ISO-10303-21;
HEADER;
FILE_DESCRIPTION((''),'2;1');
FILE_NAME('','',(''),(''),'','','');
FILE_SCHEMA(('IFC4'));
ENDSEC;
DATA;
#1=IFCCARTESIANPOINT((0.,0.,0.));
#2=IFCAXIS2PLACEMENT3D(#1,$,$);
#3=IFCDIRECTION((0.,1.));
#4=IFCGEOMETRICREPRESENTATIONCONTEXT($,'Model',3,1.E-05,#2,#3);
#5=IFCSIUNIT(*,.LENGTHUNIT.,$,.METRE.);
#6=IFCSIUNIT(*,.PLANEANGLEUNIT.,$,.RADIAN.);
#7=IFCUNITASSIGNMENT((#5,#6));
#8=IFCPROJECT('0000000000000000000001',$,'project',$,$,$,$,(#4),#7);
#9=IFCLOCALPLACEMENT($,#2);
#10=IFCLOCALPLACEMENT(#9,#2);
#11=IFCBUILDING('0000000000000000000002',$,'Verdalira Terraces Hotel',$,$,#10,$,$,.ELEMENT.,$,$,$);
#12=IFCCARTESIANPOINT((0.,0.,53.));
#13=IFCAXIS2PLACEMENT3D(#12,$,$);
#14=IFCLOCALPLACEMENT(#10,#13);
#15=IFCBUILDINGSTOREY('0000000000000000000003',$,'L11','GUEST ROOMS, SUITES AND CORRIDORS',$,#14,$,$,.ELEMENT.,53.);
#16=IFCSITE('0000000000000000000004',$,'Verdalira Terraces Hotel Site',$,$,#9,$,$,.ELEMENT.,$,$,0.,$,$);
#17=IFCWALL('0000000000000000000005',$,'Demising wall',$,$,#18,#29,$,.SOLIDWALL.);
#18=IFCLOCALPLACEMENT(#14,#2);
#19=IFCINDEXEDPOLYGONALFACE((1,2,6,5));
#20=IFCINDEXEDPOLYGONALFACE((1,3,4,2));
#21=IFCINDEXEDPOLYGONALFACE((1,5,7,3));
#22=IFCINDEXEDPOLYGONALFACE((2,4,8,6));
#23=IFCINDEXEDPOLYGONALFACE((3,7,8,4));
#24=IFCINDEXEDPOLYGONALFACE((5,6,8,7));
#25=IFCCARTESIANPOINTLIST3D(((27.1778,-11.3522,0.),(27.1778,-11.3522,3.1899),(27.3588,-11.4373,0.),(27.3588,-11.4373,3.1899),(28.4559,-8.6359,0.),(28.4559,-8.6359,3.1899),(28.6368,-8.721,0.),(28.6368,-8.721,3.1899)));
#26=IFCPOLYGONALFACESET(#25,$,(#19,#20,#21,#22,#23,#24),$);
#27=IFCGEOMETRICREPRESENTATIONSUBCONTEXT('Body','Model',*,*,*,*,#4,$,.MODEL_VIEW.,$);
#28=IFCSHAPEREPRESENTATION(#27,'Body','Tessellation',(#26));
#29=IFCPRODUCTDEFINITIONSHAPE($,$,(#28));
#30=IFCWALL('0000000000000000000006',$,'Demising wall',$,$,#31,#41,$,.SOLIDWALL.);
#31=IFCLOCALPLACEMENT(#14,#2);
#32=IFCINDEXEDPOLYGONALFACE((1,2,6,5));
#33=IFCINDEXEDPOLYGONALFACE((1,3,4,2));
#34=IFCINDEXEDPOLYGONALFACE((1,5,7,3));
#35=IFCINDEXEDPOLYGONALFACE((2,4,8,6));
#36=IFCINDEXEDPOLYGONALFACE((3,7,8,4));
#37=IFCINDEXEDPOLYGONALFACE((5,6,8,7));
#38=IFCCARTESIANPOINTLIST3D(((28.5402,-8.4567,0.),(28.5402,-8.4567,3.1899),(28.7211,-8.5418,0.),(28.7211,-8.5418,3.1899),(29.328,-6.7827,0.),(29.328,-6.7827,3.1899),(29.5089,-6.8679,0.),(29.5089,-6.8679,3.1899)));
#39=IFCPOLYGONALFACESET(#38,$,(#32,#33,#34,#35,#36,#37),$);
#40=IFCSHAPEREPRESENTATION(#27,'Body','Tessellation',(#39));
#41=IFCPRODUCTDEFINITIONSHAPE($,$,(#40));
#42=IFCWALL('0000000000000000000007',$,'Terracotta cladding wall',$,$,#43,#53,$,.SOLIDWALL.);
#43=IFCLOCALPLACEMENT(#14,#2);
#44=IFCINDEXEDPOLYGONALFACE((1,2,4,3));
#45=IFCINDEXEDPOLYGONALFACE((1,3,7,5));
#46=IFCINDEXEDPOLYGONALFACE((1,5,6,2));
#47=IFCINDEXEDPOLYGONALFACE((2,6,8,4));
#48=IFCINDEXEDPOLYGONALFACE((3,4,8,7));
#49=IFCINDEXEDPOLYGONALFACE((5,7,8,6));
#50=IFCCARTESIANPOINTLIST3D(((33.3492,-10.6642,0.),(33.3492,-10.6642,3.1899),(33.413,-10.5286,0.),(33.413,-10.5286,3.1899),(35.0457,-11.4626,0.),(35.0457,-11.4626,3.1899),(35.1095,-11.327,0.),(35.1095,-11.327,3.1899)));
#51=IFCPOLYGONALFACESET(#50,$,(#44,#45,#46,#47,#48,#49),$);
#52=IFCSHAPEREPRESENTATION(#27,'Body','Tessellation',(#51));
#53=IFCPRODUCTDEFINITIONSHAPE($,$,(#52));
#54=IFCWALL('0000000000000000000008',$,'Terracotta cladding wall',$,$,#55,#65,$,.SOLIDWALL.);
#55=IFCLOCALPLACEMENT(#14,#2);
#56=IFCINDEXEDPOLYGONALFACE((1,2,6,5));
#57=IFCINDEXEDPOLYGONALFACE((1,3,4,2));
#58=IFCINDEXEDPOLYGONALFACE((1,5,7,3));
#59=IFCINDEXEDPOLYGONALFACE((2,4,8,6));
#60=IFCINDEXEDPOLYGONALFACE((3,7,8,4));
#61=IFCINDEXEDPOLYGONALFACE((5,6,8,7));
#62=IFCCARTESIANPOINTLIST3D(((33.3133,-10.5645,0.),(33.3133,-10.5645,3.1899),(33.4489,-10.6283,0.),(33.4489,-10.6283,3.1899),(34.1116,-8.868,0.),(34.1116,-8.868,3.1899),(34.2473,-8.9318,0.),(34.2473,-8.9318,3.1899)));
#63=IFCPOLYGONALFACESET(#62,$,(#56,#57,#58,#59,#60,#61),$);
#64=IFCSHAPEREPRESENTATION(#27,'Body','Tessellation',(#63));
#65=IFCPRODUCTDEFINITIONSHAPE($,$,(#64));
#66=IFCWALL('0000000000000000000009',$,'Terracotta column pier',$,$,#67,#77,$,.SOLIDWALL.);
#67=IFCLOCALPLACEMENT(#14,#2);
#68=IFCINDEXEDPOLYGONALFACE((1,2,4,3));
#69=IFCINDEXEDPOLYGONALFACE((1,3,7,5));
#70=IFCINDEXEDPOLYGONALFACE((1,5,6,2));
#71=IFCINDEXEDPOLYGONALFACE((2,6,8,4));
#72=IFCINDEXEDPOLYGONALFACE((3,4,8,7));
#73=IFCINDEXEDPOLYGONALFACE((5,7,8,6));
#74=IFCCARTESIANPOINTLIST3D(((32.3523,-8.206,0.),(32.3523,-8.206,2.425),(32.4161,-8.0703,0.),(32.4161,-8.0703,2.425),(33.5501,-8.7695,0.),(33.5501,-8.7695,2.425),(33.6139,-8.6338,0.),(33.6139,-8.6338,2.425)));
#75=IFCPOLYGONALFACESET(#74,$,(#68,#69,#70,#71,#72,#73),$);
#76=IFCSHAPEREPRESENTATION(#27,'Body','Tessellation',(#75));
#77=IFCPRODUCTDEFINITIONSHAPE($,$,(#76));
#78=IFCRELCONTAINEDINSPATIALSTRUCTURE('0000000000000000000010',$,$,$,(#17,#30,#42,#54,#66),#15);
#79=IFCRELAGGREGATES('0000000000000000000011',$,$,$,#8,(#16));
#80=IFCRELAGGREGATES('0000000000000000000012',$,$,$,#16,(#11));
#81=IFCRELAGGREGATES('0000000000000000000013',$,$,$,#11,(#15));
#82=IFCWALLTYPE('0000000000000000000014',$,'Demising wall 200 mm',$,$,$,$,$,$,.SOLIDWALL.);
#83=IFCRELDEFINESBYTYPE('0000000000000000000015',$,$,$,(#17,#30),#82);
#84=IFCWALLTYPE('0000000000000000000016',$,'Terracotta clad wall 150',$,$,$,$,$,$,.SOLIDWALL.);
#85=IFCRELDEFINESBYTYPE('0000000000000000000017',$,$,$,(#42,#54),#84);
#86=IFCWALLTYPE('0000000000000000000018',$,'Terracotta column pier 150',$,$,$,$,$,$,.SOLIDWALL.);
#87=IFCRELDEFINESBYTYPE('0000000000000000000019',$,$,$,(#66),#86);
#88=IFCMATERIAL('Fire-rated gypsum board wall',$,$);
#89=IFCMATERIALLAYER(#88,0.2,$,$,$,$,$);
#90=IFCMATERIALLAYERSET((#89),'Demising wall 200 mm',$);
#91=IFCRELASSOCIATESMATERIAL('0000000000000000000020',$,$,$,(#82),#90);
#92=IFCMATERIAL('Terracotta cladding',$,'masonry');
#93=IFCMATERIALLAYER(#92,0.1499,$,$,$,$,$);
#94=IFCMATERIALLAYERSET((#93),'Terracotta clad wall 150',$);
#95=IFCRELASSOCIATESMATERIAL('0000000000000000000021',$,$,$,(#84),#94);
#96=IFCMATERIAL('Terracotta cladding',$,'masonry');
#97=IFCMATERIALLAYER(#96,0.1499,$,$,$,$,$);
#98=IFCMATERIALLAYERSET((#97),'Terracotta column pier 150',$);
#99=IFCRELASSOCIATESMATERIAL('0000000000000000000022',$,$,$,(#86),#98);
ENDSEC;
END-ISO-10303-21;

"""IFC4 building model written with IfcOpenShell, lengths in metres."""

from ifc_helpers import new_model, si_unit, direction, frame, frame_2d, origin, place, context, subcontext, project, spatial, rectangle, extrude, material, layer, layer_set, type_object, element, save


model = new_model("IFC4")

# Units and contexts
model_context = context("Model", 3, precision=1e-05, world=origin(), true_north=direction((0.0, 1.0)))
body_context = subcontext(model_context, "Body", "Model", "MODEL_VIEW")
ifc_project = project(units=[si_unit("LENGTHUNIT", "METRE"), si_unit("PLANEANGLEUNIT", "RADIAN")], contexts=[model_context])

# Site, building, storey
site_placement = place(None, origin())
site = spatial("IfcSite", under=ifc_project, at=site_placement, Name="Verdalira Terraces Hotel Site", CompositionType="ELEMENT", RefElevation=0.0)
building_placement = place(site_placement, origin())
building = spatial("IfcBuilding", under=site, at=building_placement, Name="Verdalira Terraces Hotel", CompositionType="ELEMENT")
storey_placement = place(building_placement, frame((0.0, 0.0, 53.0)))
storey = spatial("IfcBuildingStorey", under=building, at=storey_placement, Name="L11", Description="GUEST ROOMS, SUITES AND CORRIDORS", CompositionType="ELEMENT", Elevation=53.0)

# Walls
ifc_material_1 = material(Name="Fire-rated gypsum board wall")
ifc_layer_1 = layer(ifc_material_1, 0.2)
ifc_layer_set_1 = layer_set([ifc_layer_1], Name="Demising wall 200 mm")
wall_type_1 = type_object("IfcWallType", Name="Demising wall 200 mm", PredefinedType="SOLIDWALL", material=ifc_layer_set_1)
wall_1_placement = place(storey_placement, frame((27.2683, -11.3948, 0.0), z_axis=(0.0, 0.0, 1.0), x_axis=(0.425746, 0.904843, 0.0)))
element("IfcWall", 1, at=wall_1_placement, inside=storey, type_object=wall_type_1, Name="Demising wall", PredefinedType="SOLIDWALL", context=body_context, shape_type="SweptSolid", body=[
    extrude(rectangle(XDim=3.002, YDim=0.2, at=frame_2d((1.501, 0.0))), origin(), (0.0, 0.0, 1.0), 3.1899),
])
wall_2_placement = place(storey_placement, frame((28.6306, -8.4993, 0.0), z_axis=(0.0, 0.0, 1.0), x_axis=(0.425816, 0.90481, 0.0)))
element("IfcWall", 2, at=wall_2_placement, inside=storey, type_object=wall_type_1, Name="Demising wall", PredefinedType="SOLIDWALL", context=body_context, shape_type="SweptSolid", body=[
    extrude(rectangle(XDim=1.8501, YDim=0.2, at=frame_2d((0.925, 0.0))), origin(), (0.0, 0.0, 1.0), 3.1899),
])
ifc_material_2 = material(Name="Terracotta cladding", Category="masonry")
ifc_layer_2 = layer(ifc_material_2, 0.1499)
ifc_layer_set_2 = layer_set([ifc_layer_2], Name="Terracotta clad wall 150")
wall_type_2 = type_object("IfcWallType", Name="Terracotta clad wall 150", PredefinedType="SOLIDWALL", material=ifc_layer_set_2)
for number, where, z_axis, x_axis, name in (
    (3, (35.0776, -11.3948, 0.0), (0.0, 0.0, 1.0), (-0.904825, 0.425784, 0.0), "Terracotta cladding wall"),
    (4, (33.3811, -10.5964, 0.0), (0.0, 0.0, 1.0), (0.425784, 0.904825, 0.0), "Terracotta cladding wall"),
):
    element("IfcWall", number, at=place(storey_placement, frame(where, z_axis=z_axis, x_axis=x_axis)), inside=storey, type_object=wall_type_2, Name=name, PredefinedType="SOLIDWALL", context=body_context, shape_type="SweptSolid", body=[
        extrude(rectangle(XDim=1.875, YDim=0.1499, at=frame_2d((0.9375, 0.0))), origin(), (0.0, 0.0, 1.0), 3.1899),
    ])
ifc_material_3 = material(Name="Terracotta cladding", Category="masonry")
ifc_layer_3 = layer(ifc_material_3, 0.1499)
ifc_layer_set_3 = layer_set([ifc_layer_3], Name="Terracotta column pier 150")
wall_type_3 = type_object("IfcWallType", Name="Terracotta column pier 150", PredefinedType="SOLIDWALL", material=ifc_layer_set_3)
wall_3_placement = place(storey_placement, frame((33.582, -8.7017, 0.0), z_axis=(0.0, 0.0, 1.0), x_axis=(-0.904869, 0.42569, 0.0)))
element("IfcWall", 5, at=wall_3_placement, inside=storey, type_object=wall_type_3, Name="Terracotta column pier", PredefinedType="SOLIDWALL", context=body_context, shape_type="SweptSolid", body=[
    extrude(rectangle(XDim=1.3237, YDim=0.1499, at=frame_2d((0.6619, 0.0))), origin(), (0.0, 0.0, 1.0), 2.425),
])

save(model, "model.ifc")
